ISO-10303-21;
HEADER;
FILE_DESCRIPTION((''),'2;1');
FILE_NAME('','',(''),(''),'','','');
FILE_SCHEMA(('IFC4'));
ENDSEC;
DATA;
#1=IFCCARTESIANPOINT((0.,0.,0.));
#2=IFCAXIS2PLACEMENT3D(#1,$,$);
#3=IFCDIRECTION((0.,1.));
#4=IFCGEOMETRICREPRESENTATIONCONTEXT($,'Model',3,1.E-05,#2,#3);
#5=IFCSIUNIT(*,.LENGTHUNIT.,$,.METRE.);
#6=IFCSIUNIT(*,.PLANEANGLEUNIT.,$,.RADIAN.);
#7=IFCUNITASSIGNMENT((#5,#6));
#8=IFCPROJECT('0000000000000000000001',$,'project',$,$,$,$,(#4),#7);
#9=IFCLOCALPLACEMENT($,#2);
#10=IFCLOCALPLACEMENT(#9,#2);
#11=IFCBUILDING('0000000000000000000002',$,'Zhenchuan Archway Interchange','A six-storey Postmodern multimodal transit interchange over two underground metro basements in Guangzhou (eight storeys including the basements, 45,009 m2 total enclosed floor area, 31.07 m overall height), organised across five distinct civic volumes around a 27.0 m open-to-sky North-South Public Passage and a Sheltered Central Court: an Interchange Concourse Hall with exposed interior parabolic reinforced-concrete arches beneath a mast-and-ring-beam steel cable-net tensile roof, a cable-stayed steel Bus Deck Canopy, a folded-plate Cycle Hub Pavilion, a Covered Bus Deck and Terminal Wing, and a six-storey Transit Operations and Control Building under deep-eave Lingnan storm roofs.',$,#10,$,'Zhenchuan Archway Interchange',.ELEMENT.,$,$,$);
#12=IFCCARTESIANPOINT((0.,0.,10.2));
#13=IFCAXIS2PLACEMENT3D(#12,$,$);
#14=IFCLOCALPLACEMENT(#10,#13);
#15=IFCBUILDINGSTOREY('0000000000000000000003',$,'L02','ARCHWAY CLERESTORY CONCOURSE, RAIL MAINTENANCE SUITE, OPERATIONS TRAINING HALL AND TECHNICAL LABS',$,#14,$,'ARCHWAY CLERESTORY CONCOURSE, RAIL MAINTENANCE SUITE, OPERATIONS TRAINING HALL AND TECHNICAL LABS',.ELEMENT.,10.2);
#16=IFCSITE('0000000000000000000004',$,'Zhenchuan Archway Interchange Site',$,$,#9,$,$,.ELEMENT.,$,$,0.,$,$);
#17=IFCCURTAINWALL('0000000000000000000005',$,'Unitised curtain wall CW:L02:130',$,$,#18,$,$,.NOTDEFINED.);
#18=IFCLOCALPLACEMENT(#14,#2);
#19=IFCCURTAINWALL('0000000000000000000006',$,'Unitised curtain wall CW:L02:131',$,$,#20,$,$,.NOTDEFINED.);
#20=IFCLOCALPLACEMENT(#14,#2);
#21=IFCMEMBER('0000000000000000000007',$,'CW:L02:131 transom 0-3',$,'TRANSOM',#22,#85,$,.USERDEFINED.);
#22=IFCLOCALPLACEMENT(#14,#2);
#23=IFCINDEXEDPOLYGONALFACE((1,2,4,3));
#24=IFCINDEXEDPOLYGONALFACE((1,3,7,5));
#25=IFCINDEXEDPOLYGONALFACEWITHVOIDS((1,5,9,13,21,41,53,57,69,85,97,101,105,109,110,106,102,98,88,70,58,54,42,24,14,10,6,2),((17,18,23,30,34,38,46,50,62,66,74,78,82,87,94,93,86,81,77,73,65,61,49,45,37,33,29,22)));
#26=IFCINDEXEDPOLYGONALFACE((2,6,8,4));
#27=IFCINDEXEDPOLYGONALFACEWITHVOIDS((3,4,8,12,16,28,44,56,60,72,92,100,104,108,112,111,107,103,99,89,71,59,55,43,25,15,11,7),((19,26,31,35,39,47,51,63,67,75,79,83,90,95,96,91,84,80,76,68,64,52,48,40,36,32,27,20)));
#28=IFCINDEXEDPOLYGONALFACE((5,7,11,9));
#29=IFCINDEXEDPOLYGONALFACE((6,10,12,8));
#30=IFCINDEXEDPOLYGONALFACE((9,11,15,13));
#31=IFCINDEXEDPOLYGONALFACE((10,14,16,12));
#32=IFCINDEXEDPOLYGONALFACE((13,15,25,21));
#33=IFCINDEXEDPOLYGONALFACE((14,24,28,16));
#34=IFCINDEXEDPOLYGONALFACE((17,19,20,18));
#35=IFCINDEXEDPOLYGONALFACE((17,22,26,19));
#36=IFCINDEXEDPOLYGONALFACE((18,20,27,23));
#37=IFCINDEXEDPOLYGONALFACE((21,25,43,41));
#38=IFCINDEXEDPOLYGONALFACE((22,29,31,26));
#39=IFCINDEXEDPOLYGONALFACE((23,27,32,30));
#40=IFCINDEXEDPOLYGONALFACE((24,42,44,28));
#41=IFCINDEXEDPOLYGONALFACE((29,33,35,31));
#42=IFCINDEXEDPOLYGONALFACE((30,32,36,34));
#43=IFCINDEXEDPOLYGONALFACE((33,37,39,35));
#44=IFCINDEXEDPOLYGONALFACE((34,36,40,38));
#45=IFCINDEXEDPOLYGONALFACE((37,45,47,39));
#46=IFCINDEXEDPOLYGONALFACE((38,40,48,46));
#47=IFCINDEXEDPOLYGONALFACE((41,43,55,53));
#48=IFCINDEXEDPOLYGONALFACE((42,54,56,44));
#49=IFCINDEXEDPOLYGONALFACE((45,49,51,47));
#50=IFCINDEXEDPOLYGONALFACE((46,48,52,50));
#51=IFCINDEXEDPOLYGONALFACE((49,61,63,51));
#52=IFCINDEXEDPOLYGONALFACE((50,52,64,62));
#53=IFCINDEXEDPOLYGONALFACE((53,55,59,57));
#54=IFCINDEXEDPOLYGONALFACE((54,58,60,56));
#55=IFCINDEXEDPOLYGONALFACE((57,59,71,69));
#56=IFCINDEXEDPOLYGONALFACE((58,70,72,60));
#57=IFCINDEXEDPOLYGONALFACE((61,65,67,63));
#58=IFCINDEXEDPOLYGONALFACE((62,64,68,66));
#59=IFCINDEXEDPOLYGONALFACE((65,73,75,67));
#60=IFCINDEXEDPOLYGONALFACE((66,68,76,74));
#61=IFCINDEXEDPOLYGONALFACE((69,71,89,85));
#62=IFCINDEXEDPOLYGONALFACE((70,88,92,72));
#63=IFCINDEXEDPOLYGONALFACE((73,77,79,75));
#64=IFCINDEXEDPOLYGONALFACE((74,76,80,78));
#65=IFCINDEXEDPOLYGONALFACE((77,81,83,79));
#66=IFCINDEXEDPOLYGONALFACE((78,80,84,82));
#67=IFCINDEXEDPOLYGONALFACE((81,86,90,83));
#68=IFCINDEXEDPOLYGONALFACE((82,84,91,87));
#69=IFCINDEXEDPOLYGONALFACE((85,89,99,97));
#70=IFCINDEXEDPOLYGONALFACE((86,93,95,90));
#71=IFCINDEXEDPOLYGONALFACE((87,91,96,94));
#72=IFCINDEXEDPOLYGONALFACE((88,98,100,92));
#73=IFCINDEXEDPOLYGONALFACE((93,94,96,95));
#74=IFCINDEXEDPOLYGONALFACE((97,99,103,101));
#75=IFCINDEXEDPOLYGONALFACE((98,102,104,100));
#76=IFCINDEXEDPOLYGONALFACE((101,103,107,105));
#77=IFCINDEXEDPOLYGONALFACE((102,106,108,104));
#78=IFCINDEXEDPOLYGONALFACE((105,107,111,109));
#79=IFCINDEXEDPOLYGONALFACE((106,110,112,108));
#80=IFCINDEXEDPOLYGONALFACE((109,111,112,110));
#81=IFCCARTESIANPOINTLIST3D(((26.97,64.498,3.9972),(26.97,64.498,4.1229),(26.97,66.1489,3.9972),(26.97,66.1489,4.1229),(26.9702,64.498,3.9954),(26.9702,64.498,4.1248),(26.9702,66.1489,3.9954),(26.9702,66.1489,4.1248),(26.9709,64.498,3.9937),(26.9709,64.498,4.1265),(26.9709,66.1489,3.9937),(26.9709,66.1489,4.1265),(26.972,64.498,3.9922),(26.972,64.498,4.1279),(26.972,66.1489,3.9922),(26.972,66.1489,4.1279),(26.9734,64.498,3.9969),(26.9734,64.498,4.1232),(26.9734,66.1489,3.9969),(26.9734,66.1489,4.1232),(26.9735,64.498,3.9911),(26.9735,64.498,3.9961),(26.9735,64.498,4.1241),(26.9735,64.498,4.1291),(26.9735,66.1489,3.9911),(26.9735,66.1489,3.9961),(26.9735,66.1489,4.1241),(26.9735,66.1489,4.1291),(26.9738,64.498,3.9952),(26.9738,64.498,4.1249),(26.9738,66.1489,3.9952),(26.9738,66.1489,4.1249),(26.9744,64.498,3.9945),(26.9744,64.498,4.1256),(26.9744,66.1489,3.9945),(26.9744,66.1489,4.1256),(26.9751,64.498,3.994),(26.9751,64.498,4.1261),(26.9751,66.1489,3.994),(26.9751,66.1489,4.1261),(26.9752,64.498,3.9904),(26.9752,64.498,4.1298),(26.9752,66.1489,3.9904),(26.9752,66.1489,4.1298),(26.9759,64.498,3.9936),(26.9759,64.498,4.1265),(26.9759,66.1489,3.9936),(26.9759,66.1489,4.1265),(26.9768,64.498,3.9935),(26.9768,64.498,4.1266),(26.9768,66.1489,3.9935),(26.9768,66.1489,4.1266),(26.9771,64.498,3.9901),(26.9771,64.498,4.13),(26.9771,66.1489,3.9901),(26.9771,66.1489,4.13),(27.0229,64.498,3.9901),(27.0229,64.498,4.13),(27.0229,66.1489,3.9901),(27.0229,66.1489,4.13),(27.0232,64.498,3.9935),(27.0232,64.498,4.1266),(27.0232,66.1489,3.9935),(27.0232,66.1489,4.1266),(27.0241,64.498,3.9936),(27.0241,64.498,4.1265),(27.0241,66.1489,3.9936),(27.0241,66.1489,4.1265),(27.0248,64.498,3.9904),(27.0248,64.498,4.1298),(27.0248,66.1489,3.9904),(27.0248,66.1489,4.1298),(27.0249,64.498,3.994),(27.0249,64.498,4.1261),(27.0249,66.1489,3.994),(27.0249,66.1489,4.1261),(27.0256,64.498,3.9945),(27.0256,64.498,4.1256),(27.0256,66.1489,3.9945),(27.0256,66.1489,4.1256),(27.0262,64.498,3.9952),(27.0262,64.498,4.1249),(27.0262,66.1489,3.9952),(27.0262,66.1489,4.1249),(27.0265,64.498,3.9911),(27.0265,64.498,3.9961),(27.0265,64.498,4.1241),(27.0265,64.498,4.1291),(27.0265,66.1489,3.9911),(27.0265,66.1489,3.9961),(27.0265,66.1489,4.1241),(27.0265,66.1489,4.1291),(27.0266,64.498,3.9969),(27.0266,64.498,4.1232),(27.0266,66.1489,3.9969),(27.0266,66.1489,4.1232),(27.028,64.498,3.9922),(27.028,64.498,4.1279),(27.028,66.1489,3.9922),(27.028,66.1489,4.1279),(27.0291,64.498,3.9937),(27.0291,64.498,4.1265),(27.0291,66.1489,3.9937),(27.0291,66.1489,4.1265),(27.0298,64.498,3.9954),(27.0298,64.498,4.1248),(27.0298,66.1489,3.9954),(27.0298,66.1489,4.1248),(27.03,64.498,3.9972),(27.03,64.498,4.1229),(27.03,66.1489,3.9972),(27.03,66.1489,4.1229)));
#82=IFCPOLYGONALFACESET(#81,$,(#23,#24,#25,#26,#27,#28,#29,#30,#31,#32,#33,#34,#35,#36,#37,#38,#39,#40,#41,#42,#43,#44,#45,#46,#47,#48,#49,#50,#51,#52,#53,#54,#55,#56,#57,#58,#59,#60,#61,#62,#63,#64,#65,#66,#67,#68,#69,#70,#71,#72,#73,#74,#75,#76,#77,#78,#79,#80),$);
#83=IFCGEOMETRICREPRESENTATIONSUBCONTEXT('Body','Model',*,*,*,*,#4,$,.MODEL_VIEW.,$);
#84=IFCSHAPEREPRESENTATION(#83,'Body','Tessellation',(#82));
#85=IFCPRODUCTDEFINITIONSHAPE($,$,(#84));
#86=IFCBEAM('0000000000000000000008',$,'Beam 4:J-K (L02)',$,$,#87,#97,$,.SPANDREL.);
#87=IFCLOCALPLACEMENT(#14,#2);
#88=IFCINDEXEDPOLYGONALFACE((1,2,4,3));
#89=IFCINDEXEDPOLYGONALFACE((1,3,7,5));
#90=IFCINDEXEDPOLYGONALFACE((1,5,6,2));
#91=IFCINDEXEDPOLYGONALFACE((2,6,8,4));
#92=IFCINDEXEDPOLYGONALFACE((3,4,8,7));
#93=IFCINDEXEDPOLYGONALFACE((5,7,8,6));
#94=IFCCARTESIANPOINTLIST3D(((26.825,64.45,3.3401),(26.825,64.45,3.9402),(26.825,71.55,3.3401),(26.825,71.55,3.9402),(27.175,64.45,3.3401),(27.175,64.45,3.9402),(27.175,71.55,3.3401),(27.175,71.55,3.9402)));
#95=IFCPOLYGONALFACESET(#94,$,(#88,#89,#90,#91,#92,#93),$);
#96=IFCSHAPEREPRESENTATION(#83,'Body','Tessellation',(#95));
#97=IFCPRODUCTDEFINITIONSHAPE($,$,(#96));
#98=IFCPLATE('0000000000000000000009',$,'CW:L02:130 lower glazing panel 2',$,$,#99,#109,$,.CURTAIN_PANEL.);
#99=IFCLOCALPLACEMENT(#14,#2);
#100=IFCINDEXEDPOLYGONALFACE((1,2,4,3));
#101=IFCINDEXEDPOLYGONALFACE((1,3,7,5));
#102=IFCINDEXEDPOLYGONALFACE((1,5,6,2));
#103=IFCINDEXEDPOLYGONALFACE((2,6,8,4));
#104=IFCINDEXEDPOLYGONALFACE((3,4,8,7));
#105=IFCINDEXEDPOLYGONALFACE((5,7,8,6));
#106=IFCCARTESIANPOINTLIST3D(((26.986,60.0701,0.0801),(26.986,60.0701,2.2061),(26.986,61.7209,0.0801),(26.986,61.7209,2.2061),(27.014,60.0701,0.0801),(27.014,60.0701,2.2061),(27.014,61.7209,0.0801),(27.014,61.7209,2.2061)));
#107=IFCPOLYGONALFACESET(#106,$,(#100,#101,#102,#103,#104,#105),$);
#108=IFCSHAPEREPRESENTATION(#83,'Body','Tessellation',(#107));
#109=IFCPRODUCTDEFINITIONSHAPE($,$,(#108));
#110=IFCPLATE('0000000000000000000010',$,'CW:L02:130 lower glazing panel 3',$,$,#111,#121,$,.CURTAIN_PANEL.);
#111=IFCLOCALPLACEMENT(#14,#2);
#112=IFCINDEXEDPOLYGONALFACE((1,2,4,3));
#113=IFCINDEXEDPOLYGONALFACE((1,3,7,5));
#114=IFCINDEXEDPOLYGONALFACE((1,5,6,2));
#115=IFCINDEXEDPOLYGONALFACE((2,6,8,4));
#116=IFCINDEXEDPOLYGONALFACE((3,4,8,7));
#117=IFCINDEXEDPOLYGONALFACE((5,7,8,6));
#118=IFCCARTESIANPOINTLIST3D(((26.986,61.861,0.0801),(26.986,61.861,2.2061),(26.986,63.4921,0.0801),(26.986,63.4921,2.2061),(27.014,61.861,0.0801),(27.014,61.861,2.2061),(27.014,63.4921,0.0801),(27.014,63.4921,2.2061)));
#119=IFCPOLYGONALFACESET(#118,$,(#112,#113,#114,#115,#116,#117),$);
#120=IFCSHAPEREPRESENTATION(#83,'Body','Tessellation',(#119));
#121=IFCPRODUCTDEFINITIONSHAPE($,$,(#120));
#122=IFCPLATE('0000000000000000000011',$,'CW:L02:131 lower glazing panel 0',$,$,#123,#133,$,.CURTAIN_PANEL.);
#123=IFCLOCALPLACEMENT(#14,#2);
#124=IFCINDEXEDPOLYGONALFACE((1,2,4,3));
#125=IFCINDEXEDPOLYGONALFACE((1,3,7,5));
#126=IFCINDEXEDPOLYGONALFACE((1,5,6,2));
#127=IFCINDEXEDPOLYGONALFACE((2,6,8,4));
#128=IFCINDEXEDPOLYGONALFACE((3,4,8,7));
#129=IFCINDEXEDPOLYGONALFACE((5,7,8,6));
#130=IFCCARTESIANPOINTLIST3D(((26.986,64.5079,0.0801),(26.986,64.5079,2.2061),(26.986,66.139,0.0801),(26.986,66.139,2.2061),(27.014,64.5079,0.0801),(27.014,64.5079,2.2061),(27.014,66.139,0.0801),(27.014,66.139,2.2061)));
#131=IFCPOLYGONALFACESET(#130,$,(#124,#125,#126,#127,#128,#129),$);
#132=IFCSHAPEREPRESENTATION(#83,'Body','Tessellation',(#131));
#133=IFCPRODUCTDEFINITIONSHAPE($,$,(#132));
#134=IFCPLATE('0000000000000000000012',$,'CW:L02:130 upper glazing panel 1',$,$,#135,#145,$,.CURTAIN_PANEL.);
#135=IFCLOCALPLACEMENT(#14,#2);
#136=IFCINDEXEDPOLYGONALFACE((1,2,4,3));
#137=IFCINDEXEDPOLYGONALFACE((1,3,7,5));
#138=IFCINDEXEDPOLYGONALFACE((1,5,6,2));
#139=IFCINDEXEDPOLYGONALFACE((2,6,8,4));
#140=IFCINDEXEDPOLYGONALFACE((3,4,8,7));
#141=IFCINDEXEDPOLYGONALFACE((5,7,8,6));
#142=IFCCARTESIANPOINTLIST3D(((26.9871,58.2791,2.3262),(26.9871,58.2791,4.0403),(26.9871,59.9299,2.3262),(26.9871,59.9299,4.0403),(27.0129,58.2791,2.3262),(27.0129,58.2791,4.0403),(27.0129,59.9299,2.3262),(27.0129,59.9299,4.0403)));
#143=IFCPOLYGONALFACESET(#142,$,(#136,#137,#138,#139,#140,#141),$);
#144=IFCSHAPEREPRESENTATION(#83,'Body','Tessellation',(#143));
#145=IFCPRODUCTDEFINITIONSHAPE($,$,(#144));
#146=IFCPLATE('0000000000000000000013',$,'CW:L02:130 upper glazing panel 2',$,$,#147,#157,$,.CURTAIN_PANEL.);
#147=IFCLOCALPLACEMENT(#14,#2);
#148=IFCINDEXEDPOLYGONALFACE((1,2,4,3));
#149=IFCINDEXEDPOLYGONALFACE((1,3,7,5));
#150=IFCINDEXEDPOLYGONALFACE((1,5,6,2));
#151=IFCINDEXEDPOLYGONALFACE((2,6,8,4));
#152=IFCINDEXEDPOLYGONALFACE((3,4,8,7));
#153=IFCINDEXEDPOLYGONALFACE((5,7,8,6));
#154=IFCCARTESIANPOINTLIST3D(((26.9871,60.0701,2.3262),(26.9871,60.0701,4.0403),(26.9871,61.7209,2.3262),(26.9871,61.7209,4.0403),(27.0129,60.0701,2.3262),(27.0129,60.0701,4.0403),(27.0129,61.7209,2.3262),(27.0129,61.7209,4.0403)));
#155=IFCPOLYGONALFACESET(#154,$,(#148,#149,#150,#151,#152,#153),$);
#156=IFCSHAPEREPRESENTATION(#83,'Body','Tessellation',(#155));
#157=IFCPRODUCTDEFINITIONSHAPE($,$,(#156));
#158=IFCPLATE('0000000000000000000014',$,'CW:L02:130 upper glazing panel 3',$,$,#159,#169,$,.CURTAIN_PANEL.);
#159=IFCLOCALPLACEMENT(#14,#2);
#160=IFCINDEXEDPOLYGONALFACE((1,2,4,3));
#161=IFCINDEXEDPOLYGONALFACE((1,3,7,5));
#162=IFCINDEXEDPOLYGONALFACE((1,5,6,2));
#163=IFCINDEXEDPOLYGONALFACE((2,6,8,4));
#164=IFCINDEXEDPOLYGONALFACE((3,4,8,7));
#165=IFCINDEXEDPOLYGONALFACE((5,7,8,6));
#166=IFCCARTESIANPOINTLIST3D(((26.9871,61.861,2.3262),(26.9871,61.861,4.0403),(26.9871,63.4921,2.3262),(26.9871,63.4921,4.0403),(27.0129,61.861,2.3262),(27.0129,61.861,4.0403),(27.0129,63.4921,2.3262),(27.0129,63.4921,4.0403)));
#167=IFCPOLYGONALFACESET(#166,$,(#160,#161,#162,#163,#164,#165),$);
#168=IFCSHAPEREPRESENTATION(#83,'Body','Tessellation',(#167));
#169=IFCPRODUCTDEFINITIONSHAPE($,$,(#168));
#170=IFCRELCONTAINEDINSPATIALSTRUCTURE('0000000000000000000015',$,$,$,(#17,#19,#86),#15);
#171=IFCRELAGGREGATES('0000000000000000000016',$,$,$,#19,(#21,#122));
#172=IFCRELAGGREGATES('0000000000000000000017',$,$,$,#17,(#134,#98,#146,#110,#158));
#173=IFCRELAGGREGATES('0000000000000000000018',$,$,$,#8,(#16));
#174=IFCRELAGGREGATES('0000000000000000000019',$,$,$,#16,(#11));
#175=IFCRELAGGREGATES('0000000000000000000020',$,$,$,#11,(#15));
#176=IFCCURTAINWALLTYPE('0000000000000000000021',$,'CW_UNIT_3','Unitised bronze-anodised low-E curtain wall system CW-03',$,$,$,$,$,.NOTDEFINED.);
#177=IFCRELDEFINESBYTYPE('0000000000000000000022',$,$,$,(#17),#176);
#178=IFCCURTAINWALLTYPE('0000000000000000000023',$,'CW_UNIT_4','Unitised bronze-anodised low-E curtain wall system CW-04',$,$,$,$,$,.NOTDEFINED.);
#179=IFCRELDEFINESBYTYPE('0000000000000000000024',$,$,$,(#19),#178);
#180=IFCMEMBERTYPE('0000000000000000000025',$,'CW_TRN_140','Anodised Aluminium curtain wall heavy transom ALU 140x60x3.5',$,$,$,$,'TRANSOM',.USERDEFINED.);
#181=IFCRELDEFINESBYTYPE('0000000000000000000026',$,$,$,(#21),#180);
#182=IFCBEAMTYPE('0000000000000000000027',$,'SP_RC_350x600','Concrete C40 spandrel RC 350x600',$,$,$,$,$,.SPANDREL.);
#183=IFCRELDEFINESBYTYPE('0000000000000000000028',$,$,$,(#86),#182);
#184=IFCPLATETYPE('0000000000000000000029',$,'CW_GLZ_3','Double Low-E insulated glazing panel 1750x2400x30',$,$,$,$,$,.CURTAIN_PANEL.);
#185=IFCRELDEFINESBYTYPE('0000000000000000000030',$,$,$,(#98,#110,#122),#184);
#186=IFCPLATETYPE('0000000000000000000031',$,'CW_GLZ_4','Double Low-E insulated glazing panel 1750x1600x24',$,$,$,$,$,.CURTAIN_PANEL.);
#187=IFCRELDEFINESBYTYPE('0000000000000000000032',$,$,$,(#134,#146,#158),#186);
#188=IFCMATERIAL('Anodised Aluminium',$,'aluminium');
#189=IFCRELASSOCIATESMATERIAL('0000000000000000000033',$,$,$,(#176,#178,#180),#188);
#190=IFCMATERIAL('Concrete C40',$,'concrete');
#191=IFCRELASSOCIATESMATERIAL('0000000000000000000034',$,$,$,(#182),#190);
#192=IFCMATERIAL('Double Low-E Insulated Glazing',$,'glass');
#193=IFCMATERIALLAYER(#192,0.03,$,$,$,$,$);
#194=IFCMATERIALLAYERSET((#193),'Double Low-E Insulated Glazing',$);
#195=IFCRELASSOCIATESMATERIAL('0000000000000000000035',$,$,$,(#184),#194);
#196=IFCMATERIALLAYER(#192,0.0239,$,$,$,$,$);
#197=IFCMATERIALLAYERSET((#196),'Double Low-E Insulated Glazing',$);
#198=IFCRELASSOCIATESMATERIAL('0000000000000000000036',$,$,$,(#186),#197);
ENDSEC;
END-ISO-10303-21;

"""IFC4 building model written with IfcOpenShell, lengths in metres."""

from ifc_helpers import new_model, si_unit, direction, frame, origin, origin_2d, place, context, subcontext, project, spatial, rectangle, hollow_rectangle, extrude, material, layer, layer_set, material_profile, profile_set, type_object, element, aggregate, save


model = new_model("IFC4")

# Units and contexts
model_context = context("Model", 3, precision=1e-05, world=origin(), true_north=direction((0.0, 1.0)))
body_context = subcontext(model_context, "Body", "Model", "MODEL_VIEW")
ifc_project = project(units=[si_unit("LENGTHUNIT", "METRE"), si_unit("PLANEANGLEUNIT", "RADIAN")], contexts=[model_context])

# Site, building, storey
site_placement = place(None, origin())
site = spatial("IfcSite", under=ifc_project, at=site_placement, Name="Zhenchuan Archway Interchange Site", CompositionType="ELEMENT", RefElevation=0.0)
building_placement = place(site_placement, origin())
building = spatial("IfcBuilding", under=site, at=building_placement, Name="Zhenchuan Archway Interchange", Description="A six-storey Postmodern multimodal transit interchange over two underground metro basements in Guangzhou (eight storeys including the basements, 45,009 m2 total enclosed floor area, 31.07 m overall height), organised across five distinct civic volumes around a 27.0 m open-to-sky North-South Public Passage and a Sheltered Central Court: an Interchange Concourse Hall with exposed interior parabolic reinforced-concrete arches beneath a mast-and-ring-beam steel cable-net tensile roof, a cable-stayed steel Bus Deck Canopy, a folded-plate Cycle Hub Pavilion, a Covered Bus Deck and Terminal Wing, and a six-storey Transit Operations and Control Building under deep-eave Lingnan storm roofs.", LongName="Zhenchuan Archway Interchange", CompositionType="ELEMENT")
storey_placement = place(building_placement, frame((0.0, 0.0, 10.2)))
storey = spatial("IfcBuildingStorey", under=building, at=storey_placement, Name="L02", Description="ARCHWAY CLERESTORY CONCOURSE, RAIL MAINTENANCE SUITE, OPERATIONS TRAINING HALL AND TECHNICAL LABS", LongName="ARCHWAY CLERESTORY CONCOURSE, RAIL MAINTENANCE SUITE, OPERATIONS TRAINING HALL AND TECHNICAL LABS", CompositionType="ELEMENT", Elevation=10.2)

# Shared definitions
ifc_material_1 = material(Name="Concrete C40", Category="concrete")

# Curtain wall
ifc_material_2 = material(Name="Anodised Aluminium", Category="aluminium")
curtain_wall_type_1 = type_object("IfcCurtainWallType", Name="CW_UNIT_3", Description="Unitised bronze-anodised low-E curtain wall system CW-03", PredefinedType="NOTDEFINED", material=ifc_material_2)
curtain_wall_1_placement = place(storey_placement, origin())
curtain_wall_1 = element("IfcCurtainWall", 1, at=curtain_wall_1_placement, inside=storey, type_object=curtain_wall_type_1, Name="Unitised curtain wall CW:L02:130", PredefinedType="NOTDEFINED")

# Curtain wall
curtain_wall_type_2 = type_object("IfcCurtainWallType", Name="CW_UNIT_4", Description="Unitised bronze-anodised low-E curtain wall system CW-04", PredefinedType="NOTDEFINED", material=ifc_material_2)
curtain_wall_2_placement = place(storey_placement, origin())
curtain_wall_2 = element("IfcCurtainWall", 2, at=curtain_wall_2_placement, inside=storey, type_object=curtain_wall_type_2, Name="Unitised curtain wall CW:L02:131", PredefinedType="NOTDEFINED")

# Member
ifc_material_profile_1 = material_profile(ifc_material_2, hollow_rectangle(XDim=0.0601, YDim=0.1399, WallThickness=0.0034, InnerFilletRadius=0.0034, OuterFilletRadius=0.0071, at=origin_2d()), Name="ALU 140x60x3.5")
ifc_profile_set_1 = profile_set([ifc_material_profile_1], Name="Anodised Aluminium")
member_type_1 = type_object("IfcMemberType", Name="CW_TRN_140", Description="Anodised Aluminium curtain wall heavy transom ALU 140x60x3.5", ElementType="TRANSOM", PredefinedType="USERDEFINED", material=ifc_profile_set_1)
member_1_placement = place(storey_placement, frame((27.0, 64.498, 4.0601), z_axis=(0.0, 1.0, 0.0), x_axis=(-1.0, 0.0, 0.0)))
member_1 = element("IfcMember", 3, at=member_1_placement, type_object=member_type_1, Name="CW:L02:131 transom 0-3", ObjectType="TRANSOM", PredefinedType="USERDEFINED", context=body_context, shape_type="SweptSolid", body=[
    extrude(hollow_rectangle(XDim=0.0601, YDim=0.1399, WallThickness=0.0034, InnerFilletRadius=0.0034, OuterFilletRadius=0.0071, at=origin_2d()), origin(), (0.0, 0.0, 1.0), 1.6509),
])

# Beam
ifc_material_profile_2 = material_profile(ifc_material_1, rectangle(XDim=0.3501, YDim=0.6001, at=origin_2d()), Name="RC 350x600")
ifc_profile_set_2 = profile_set([ifc_material_profile_2], Name="Concrete C40")
beam_type = type_object("IfcBeamType", Name="SP_RC_350x600", Description="Concrete C40 spandrel RC 350x600", PredefinedType="SPANDREL", material=ifc_profile_set_2)
beam_placement = place(storey_placement, frame((27.0, 64.45, 3.6401), z_axis=(0.0, 1.0, 0.0), x_axis=(-1.0, 0.0, 0.0)))
element("IfcBeam", 4, at=beam_placement, inside=storey, type_object=beam_type, Name="Beam 4:J-K (L02)", PredefinedType="SPANDREL", context=body_context, shape_type="SweptSolid", body=[
    extrude(rectangle(XDim=0.3501, YDim=0.6001, at=origin_2d()), origin(), (0.0, 0.0, 1.0), 7.1001),
])

# Plates
ifc_material_3 = material(Name="Double Low-E Insulated Glazing", Category="glass")
ifc_layer_1 = layer(ifc_material_3, 0.03)
ifc_layer_set_1 = layer_set([ifc_layer_1], Name="Double Low-E Insulated Glazing")
plate_type_1 = type_object("IfcPlateType", Name="CW_GLZ_3", Description="Double Low-E insulated glazing panel 1750x2400x30", PredefinedType="CURTAIN_PANEL", material=ifc_layer_set_1)
plate_1_placement = place(storey_placement, frame((27.0, 60.8955, 0.0801), z_axis=(0.0, 0.0, 1.0), x_axis=(0.0, 1.0, 0.0)))
plate_1 = element("IfcPlate", 5, at=plate_1_placement, type_object=plate_type_1, Name="CW:L02:130 lower glazing panel 2", PredefinedType="CURTAIN_PANEL", context=body_context, shape_type="SweptSolid", body=[
    extrude(rectangle(XDim=1.6509, YDim=0.0281, at=origin_2d()), origin(), (0.0, 0.0, 1.0), 2.126),
])
plate_2_placement = place(storey_placement, frame((27.0, 62.6765, 0.0801), z_axis=(0.0, 0.0, 1.0), x_axis=(0.0, 1.0, 0.0)))
plate_2 = element("IfcPlate", 6, at=plate_2_placement, type_object=plate_type_1, Name="CW:L02:130 lower glazing panel 3", PredefinedType="CURTAIN_PANEL", context=body_context, shape_type="SweptSolid", body=[
    extrude(rectangle(XDim=1.6311, YDim=0.0281, at=origin_2d()), origin(), (0.0, 0.0, 1.0), 2.126),
])
plate_3_placement = place(storey_placement, frame((27.0, 65.3235, 0.0801), z_axis=(0.0, 0.0, 1.0), x_axis=(0.0, 1.0, 0.0)))
plate_3 = element("IfcPlate", 7, at=plate_3_placement, type_object=plate_type_1, Name="CW:L02:131 lower glazing panel 0", PredefinedType="CURTAIN_PANEL", context=body_context, shape_type="SweptSolid", body=[
    extrude(rectangle(XDim=1.6311, YDim=0.0281, at=origin_2d()), origin(), (0.0, 0.0, 1.0), 2.126),
])
aggregate(curtain_wall_2, [member_1, plate_3])
ifc_layer_2 = layer(ifc_material_3, 0.0239)
ifc_layer_set_2 = layer_set([ifc_layer_2], Name="Double Low-E Insulated Glazing")
plate_type_2 = type_object("IfcPlateType", Name="CW_GLZ_4", Description="Double Low-E insulated glazing panel 1750x1600x24", PredefinedType="CURTAIN_PANEL", material=ifc_layer_set_2)
plate_4_placement = place(storey_placement, frame((27.0, 59.1045, 2.3262), z_axis=(0.0, 0.0, 1.0), x_axis=(0.0, 1.0, 0.0)))
plate_4 = element("IfcPlate", 8, at=plate_4_placement, type_object=plate_type_2, Name="CW:L02:130 upper glazing panel 1", PredefinedType="CURTAIN_PANEL", context=body_context, shape_type="SweptSolid", body=[
    extrude(rectangle(XDim=1.6509, YDim=0.0259, at=origin_2d()), origin(), (0.0, 0.0, 1.0), 1.7141),
])
plate_5_placement = place(storey_placement, frame((27.0, 60.8955, 2.3262), z_axis=(0.0, 0.0, 1.0), x_axis=(0.0, 1.0, 0.0)))
plate_5 = element("IfcPlate", 9, at=plate_5_placement, type_object=plate_type_2, Name="CW:L02:130 upper glazing panel 2", PredefinedType="CURTAIN_PANEL", context=body_context, shape_type="SweptSolid", body=[
    extrude(rectangle(XDim=1.6509, YDim=0.0259, at=origin_2d()), origin(), (0.0, 0.0, 1.0), 1.7141),
])
plate_6_placement = place(storey_placement, frame((27.0, 62.6765, 2.3262), z_axis=(0.0, 0.0, 1.0), x_axis=(0.0, 1.0, 0.0)))
plate_6 = element("IfcPlate", 10, at=plate_6_placement, type_object=plate_type_2, Name="CW:L02:130 upper glazing panel 3", PredefinedType="CURTAIN_PANEL", context=body_context, shape_type="SweptSolid", body=[
    extrude(rectangle(XDim=1.6311, YDim=0.0259, at=origin_2d()), origin(), (0.0, 0.0, 1.0), 1.7141),
])
aggregate(curtain_wall_1, [plate_4, plate_1, plate_5, plate_2, plate_6])

save(model, "model.ifc")
